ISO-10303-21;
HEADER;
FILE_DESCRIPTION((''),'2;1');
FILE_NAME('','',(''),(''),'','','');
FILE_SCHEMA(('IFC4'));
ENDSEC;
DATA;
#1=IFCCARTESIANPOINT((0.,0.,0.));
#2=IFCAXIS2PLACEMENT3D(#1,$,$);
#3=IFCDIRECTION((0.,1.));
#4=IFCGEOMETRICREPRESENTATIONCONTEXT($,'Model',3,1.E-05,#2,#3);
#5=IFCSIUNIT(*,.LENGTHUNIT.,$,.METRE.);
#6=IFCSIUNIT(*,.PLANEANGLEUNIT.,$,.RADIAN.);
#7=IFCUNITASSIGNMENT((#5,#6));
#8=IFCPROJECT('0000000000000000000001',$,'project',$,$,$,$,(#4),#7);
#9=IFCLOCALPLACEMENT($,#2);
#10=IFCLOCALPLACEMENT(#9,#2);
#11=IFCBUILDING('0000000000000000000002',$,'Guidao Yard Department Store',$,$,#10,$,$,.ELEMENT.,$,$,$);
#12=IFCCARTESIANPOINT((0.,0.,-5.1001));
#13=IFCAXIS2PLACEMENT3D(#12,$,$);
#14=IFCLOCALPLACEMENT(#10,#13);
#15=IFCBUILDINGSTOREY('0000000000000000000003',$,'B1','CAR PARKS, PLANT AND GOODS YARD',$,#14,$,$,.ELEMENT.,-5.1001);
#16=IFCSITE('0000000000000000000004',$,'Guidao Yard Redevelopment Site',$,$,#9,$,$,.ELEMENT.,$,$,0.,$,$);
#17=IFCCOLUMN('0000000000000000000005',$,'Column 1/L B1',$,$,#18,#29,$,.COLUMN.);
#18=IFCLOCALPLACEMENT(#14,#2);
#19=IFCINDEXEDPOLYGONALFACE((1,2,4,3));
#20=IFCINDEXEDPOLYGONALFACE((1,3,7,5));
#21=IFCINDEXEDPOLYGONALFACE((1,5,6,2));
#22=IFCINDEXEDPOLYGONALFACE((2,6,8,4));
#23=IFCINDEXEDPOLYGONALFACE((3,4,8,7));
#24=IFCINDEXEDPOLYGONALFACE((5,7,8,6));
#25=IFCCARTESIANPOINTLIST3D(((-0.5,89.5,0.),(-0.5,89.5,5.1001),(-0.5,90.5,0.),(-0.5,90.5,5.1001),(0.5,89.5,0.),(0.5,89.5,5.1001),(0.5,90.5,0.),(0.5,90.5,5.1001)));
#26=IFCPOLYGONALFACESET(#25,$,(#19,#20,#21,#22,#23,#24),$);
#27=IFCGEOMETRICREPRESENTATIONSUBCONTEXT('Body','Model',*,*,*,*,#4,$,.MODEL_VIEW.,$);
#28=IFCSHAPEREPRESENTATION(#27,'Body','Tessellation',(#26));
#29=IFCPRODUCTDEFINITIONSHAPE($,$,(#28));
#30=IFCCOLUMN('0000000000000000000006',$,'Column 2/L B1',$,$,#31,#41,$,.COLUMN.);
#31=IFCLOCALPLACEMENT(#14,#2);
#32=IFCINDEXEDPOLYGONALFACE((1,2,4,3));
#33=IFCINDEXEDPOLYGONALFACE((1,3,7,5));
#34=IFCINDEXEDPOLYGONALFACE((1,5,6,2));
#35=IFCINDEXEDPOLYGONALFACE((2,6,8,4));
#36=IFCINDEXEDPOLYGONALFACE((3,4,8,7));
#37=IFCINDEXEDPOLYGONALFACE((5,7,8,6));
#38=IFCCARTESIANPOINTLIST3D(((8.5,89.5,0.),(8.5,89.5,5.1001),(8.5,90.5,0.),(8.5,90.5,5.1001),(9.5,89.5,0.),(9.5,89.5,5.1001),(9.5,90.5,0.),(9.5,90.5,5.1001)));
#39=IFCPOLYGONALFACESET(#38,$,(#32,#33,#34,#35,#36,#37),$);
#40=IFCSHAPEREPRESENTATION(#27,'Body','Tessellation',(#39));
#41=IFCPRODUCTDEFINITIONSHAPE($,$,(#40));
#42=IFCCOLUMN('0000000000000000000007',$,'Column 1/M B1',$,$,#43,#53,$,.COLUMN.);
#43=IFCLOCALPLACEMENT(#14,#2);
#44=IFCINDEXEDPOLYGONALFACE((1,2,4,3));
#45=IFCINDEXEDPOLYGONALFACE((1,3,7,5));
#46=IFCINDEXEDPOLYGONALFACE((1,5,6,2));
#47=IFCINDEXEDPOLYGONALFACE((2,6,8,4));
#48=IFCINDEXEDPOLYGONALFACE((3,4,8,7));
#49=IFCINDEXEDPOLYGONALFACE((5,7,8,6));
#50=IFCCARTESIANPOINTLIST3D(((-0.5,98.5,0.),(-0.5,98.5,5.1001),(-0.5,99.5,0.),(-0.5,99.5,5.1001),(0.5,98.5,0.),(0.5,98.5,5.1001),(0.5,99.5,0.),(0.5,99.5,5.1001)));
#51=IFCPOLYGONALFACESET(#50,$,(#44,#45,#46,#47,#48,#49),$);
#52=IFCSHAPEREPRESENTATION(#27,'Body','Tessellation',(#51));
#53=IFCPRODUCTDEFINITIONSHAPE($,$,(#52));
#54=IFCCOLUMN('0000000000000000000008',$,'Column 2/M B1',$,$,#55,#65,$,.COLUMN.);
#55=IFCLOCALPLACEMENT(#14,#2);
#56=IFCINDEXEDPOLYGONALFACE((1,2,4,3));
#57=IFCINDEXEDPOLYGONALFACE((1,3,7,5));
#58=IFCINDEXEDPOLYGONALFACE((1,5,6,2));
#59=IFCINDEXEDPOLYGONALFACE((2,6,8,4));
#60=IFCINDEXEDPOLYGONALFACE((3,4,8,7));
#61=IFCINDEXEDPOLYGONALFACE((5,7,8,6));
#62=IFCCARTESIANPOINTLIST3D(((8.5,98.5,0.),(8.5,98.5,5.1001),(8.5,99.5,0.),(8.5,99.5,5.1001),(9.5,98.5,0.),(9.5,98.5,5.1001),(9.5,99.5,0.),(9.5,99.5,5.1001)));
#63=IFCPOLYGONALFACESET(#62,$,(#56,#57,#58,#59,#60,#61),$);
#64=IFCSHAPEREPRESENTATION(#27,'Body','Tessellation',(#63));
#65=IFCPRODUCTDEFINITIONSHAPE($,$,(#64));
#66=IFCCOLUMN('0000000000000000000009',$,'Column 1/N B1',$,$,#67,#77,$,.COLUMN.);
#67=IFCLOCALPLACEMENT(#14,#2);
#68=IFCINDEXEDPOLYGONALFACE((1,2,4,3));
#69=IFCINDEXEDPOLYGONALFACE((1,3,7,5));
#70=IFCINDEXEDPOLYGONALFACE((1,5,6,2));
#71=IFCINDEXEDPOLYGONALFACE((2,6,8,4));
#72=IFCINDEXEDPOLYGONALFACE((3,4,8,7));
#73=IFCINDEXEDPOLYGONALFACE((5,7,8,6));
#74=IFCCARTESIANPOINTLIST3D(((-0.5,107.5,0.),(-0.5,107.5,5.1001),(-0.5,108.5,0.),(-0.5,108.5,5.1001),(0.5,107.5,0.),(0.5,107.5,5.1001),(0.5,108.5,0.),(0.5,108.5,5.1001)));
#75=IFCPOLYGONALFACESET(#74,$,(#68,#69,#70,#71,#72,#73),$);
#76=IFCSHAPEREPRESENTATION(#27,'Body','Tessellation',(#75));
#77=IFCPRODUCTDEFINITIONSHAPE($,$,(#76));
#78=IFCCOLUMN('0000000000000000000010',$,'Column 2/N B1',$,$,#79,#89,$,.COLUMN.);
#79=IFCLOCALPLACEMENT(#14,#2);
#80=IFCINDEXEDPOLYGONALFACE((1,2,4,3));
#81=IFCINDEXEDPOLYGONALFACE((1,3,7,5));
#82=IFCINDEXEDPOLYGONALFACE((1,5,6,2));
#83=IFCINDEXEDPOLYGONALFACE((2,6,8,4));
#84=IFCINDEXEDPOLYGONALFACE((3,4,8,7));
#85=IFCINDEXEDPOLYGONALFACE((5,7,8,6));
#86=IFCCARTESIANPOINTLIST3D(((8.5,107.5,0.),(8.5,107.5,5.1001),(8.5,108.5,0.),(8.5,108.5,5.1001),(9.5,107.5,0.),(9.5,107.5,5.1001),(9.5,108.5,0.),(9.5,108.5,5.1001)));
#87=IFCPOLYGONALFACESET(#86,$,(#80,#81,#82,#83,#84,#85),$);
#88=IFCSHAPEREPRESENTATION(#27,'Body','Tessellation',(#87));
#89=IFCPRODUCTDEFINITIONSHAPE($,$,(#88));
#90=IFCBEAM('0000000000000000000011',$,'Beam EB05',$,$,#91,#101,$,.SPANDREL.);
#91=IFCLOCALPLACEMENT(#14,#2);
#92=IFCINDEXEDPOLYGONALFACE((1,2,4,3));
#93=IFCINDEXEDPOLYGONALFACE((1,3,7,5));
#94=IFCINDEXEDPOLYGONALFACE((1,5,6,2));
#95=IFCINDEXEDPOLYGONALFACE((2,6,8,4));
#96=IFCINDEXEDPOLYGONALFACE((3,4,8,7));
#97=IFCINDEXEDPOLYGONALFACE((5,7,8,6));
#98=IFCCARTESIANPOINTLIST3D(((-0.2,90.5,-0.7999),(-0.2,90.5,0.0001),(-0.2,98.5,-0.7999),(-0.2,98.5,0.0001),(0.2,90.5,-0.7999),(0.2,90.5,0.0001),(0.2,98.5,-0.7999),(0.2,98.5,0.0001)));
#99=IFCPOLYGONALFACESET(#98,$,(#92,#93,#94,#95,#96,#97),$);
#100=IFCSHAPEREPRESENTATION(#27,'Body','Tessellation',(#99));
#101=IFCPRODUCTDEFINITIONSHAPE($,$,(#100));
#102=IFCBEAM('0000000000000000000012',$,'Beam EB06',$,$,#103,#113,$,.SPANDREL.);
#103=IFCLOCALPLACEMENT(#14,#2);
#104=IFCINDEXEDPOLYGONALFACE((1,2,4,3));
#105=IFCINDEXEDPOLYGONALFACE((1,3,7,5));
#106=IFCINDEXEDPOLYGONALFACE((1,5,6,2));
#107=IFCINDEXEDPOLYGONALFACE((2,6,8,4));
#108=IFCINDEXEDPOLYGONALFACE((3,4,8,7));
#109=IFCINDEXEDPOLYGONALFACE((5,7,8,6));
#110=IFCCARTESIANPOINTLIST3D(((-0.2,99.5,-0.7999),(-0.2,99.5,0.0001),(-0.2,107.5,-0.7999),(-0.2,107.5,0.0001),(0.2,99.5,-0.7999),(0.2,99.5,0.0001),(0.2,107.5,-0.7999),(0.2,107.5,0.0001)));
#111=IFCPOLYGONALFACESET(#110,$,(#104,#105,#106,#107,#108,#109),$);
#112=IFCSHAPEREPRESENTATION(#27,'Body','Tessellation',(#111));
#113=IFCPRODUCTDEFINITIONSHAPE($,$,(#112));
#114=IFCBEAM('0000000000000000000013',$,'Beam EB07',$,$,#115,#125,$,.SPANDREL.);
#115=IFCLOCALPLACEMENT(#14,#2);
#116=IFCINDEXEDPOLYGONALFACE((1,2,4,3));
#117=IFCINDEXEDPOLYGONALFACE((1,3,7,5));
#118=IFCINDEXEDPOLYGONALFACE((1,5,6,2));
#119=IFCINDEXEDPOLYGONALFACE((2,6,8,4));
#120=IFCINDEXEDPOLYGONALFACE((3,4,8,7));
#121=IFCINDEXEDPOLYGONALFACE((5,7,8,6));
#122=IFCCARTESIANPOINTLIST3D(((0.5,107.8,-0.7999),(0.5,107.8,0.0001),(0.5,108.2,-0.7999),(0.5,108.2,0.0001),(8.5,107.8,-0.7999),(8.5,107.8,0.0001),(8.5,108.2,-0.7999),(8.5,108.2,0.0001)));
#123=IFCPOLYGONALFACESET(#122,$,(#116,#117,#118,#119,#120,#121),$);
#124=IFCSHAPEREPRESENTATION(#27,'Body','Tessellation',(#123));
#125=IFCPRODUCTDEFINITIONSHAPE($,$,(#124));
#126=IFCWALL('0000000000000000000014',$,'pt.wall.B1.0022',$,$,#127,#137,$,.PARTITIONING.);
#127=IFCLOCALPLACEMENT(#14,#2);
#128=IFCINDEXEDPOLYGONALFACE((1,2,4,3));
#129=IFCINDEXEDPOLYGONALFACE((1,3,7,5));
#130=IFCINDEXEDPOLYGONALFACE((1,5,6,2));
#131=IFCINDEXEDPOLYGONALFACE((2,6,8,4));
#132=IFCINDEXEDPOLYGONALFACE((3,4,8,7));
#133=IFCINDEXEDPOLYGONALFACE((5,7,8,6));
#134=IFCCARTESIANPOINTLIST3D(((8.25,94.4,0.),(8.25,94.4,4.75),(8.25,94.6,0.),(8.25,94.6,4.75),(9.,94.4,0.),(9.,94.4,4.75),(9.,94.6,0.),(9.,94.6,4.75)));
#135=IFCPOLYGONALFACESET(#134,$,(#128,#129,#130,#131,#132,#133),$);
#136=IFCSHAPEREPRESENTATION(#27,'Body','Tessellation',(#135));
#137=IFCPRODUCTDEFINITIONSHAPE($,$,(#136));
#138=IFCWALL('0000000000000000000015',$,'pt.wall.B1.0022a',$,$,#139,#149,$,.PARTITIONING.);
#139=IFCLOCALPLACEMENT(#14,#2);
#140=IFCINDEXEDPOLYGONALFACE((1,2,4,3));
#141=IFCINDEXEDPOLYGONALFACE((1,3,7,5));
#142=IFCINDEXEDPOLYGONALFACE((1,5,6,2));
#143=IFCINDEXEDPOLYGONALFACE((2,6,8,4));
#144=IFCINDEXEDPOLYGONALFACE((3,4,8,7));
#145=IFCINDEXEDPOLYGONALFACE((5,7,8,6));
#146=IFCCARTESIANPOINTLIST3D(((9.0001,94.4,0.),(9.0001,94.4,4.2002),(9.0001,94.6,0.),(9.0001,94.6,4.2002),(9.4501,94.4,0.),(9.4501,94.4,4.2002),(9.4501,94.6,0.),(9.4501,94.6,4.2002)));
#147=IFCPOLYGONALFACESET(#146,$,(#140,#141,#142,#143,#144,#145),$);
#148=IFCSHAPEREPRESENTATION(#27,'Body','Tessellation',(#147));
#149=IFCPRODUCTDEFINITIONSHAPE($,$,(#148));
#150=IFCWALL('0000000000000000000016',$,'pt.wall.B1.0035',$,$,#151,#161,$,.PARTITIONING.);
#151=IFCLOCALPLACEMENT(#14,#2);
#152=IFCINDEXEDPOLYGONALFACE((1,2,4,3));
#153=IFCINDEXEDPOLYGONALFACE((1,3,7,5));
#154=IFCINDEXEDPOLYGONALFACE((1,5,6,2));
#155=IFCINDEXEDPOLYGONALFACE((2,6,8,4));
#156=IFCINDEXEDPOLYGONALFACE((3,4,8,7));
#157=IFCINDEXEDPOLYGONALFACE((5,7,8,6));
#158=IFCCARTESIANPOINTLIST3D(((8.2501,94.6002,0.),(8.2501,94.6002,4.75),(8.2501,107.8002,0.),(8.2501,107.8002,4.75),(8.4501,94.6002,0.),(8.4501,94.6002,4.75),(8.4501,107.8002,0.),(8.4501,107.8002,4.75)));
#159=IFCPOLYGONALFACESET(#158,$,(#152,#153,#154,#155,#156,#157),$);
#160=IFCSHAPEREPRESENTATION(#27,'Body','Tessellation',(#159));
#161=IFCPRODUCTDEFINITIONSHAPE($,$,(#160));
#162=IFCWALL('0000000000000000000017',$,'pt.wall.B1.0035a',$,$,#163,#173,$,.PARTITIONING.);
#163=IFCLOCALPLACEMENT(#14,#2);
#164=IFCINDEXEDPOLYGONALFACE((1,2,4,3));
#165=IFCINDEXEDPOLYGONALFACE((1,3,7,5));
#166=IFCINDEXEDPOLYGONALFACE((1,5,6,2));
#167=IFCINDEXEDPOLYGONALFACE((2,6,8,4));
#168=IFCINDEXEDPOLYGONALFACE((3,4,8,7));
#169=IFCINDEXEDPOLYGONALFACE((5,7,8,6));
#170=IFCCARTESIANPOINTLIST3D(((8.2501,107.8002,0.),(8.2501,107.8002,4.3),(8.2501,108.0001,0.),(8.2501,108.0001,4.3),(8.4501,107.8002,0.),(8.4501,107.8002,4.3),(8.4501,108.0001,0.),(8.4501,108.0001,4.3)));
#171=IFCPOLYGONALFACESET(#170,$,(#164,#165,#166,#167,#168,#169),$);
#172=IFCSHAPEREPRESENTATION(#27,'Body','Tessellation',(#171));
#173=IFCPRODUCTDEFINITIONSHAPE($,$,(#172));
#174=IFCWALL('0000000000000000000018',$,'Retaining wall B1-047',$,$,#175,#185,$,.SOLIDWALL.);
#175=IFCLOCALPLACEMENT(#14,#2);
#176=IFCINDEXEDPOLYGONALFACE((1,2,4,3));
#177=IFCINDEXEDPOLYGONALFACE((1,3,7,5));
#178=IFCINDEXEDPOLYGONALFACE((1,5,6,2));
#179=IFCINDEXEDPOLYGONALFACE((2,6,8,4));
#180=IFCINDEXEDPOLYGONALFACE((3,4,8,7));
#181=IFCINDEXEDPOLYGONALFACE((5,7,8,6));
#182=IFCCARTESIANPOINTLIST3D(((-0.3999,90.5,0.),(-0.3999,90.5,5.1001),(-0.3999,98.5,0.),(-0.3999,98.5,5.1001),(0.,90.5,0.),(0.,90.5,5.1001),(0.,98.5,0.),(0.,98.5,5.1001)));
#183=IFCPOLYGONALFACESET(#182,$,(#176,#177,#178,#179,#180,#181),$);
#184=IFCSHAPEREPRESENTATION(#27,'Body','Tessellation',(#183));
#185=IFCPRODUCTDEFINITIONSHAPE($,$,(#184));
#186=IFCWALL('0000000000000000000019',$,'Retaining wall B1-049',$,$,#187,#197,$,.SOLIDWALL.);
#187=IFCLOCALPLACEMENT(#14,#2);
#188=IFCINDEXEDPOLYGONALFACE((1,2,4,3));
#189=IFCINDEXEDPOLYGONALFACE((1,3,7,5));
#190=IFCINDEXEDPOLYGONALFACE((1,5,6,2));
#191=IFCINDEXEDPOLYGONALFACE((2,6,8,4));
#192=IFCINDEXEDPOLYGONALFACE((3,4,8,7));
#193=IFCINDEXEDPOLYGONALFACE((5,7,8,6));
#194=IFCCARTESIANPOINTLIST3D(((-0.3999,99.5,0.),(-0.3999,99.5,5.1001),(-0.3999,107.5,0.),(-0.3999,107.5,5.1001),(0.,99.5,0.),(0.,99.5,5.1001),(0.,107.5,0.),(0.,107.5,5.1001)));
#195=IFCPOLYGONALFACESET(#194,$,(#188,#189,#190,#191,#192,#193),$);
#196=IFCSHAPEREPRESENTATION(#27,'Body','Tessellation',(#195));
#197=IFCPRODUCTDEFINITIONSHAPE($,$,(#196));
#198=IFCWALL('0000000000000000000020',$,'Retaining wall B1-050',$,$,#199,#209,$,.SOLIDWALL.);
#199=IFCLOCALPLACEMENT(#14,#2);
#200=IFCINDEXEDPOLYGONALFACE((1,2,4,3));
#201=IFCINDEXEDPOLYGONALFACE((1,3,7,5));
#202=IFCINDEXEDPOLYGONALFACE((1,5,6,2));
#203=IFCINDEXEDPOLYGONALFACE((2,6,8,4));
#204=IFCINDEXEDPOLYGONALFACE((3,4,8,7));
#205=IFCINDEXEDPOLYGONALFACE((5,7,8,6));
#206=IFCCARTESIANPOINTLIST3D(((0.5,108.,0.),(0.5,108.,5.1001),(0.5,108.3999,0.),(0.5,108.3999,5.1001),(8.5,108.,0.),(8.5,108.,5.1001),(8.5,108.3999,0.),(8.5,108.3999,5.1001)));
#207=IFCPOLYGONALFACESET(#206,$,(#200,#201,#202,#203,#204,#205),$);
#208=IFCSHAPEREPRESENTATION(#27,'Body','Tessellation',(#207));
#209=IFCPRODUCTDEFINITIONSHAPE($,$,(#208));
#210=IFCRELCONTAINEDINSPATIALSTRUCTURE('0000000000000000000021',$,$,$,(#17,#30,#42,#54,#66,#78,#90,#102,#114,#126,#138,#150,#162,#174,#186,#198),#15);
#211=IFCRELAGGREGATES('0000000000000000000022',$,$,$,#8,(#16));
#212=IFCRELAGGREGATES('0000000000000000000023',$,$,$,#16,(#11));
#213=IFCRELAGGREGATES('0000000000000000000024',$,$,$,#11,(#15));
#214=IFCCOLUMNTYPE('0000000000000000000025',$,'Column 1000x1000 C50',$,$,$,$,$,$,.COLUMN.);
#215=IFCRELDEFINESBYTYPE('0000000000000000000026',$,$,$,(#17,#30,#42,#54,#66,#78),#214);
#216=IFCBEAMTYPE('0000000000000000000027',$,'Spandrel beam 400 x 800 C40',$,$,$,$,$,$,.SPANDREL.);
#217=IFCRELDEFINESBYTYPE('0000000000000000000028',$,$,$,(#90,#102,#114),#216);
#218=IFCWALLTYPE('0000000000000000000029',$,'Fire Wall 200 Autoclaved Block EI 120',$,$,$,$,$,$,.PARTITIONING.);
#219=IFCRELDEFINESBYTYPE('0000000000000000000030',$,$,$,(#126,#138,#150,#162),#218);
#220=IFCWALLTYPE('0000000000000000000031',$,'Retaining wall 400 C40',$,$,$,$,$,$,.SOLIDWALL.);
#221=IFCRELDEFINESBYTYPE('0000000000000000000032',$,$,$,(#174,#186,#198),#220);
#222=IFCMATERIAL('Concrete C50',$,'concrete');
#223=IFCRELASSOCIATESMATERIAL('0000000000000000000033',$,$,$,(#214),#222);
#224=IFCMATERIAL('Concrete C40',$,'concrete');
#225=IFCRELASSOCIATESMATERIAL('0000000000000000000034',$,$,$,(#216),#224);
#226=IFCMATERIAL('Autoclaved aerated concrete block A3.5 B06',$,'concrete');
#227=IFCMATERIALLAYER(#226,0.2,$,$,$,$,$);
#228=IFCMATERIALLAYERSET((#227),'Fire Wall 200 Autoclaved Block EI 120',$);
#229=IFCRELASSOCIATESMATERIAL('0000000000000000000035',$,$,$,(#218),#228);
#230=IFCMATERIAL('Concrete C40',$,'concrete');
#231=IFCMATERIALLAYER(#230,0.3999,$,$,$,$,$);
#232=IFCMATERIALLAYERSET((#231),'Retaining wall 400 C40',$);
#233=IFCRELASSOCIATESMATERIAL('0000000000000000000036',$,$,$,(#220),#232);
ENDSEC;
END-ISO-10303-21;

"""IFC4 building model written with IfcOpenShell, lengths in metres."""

from ifc_helpers import new_model, si_unit, direction, frame, frame_2d, origin, origin_2d, place, context, subcontext, project, spatial, rectangle, extrude, material, layer, layer_set, material_profile, profile_set, type_object, element, save


model = new_model("IFC4")

# Units and contexts
model_context = context("Model", 3, precision=1e-05, world=origin(), true_north=direction((0.0, 1.0)))
body_context = subcontext(model_context, "Body", "Model", "MODEL_VIEW")
ifc_project = project(units=[si_unit("LENGTHUNIT", "METRE"), si_unit("PLANEANGLEUNIT", "RADIAN")], contexts=[model_context])

# Site, building, storey
site_placement = place(None, origin())
site = spatial("IfcSite", under=ifc_project, at=site_placement, Name="Guidao Yard Redevelopment Site", CompositionType="ELEMENT", RefElevation=0.0)
building_placement = place(site_placement, origin())
building = spatial("IfcBuilding", under=site, at=building_placement, Name="Guidao Yard Department Store", CompositionType="ELEMENT")
storey_placement = place(building_placement, frame((0.0, 0.0, -5.1001)))
storey = spatial("IfcBuildingStorey", under=building, at=storey_placement, Name="B1", Description="CAR PARKS, PLANT AND GOODS YARD", CompositionType="ELEMENT", Elevation=-5.1001)

# Columns
ifc_material_1 = material(Name="Concrete C50", Category="concrete")
ifc_material_profile_1 = material_profile(ifc_material_1, rectangle(XDim=1.0, YDim=1.0, at=origin_2d()), Name="COL 1000x1000")
ifc_profile_set_1 = profile_set([ifc_material_profile_1], Name="Concrete C50")
column_type = type_object("IfcColumnType", Name="Column 1000x1000 C50", PredefinedType="COLUMN", material=ifc_profile_set_1)
for number, where, z_axis, x_axis, name in (
    (1, (0.0, 90.0, 0.0), (0.0, 0.0, 1.0), (1.0, 0.0, 0.0), "Column 1/L B1"),
    (2, (9.0, 90.0, 0.0), (0.0, 0.0, 1.0), (1.0, 0.0, 0.0), "Column 2/L B1"),
    (3, (0.0, 99.0, 0.0), (0.0, 0.0, 1.0), (1.0, 0.0, 0.0), "Column 1/M B1"),
    (4, (9.0, 99.0, 0.0), (0.0, 0.0, 1.0), (1.0, 0.0, 0.0), "Column 2/M B1"),
    (5, (0.0, 108.0, 0.0), (0.0, 0.0, 1.0), (1.0, 0.0, 0.0), "Column 1/N B1"),
    (6, (9.0, 108.0, 0.0), (0.0, 0.0, 1.0), (1.0, 0.0, 0.0), "Column 2/N B1"),
):
    element("IfcColumn", number, at=place(storey_placement, frame(where, z_axis=z_axis, x_axis=x_axis)), inside=storey, type_object=column_type, Name=name, PredefinedType="COLUMN", context=body_context, shape_type="SweptSolid", body=[
        extrude(rectangle(XDim=1.0, YDim=1.0, at=origin_2d()), origin(), (0.0, 0.0, 1.0), 5.1001),
    ])

# Beams
ifc_material_2 = material(Name="Concrete C40", Category="concrete")
ifc_material_profile_2 = material_profile(ifc_material_2, rectangle(XDim=0.3999, YDim=0.8, at=origin_2d()), Name="Spandrel beam 400 x 800 C40")
ifc_profile_set_2 = profile_set([ifc_material_profile_2], Name="Concrete C40")
beam_type = type_object("IfcBeamType", Name="Spandrel beam 400 x 800 C40", PredefinedType="SPANDREL", material=ifc_profile_set_2)
for number, where, z_axis, x_axis, name in (
    (7, (0.0, 90.5, -0.3999), (0.0, 1.0, 0.0), (-1.0, 0.0, 0.0), "Beam EB05"),
    (8, (0.0, 99.5, -0.3999), (0.0, 1.0, 0.0), (-1.0, 0.0, 0.0), "Beam EB06"),
    (9, (0.5, 108.0, -0.3999), (1.0, 0.0, 0.0), (0.0, 1.0, 0.0), "Beam EB07"),
):
    element("IfcBeam", number, at=place(storey_placement, frame(where, z_axis=z_axis, x_axis=x_axis)), inside=storey, type_object=beam_type, Name=name, PredefinedType="SPANDREL", context=body_context, shape_type="SweptSolid", body=[
        extrude(rectangle(XDim=0.3999, YDim=0.8, at=origin_2d()), origin(), (0.0, 0.0, 1.0), 8.0),
    ])

# Walls
ifc_material_3 = material(Name="Autoclaved aerated concrete block A3.5 B06", Category="concrete")
ifc_layer_1 = layer(ifc_material_3, 0.2)
ifc_layer_set_1 = layer_set([ifc_layer_1], Name="Fire Wall 200 Autoclaved Block EI 120")
wall_type_1 = type_object("IfcWallType", Name="Fire Wall 200 Autoclaved Block EI 120", PredefinedType="PARTITIONING", material=ifc_layer_set_1)
wall_1_placement = place(storey_placement, frame((8.25, 94.5, 0.0), z_axis=(0.0, 0.0, 1.0), x_axis=(1.0, 0.0, 0.0)))
element("IfcWall", 10, at=wall_1_placement, inside=storey, type_object=wall_type_1, Name="pt.wall.B1.0022", PredefinedType="PARTITIONING", context=body_context, shape_type="SweptSolid", body=[
    extrude(rectangle(XDim=0.75, YDim=0.2, at=frame_2d((0.375, 0.0))), origin(), (0.0, 0.0, 1.0), 4.75),
])
wall_2_placement = place(storey_placement, frame((9.0, 94.5, 0.0), z_axis=(0.0, 0.0, 1.0), x_axis=(1.0, 0.0, 0.0)))
element("IfcWall", 11, at=wall_2_placement, inside=storey, type_object=wall_type_1, Name="pt.wall.B1.0022a", PredefinedType="PARTITIONING", context=body_context, shape_type="SweptSolid", body=[
    extrude(rectangle(XDim=0.45, YDim=0.2, at=frame_2d((0.2251, 0.0))), origin(), (0.0, 0.0, 1.0), 4.2002),
])
wall_3_placement = place(storey_placement, frame((8.3501, 94.6001, 0.0), z_axis=(0.0, 0.0, 1.0), x_axis=(0.0, 1.0, 0.0)))
element("IfcWall", 12, at=wall_3_placement, inside=storey, type_object=wall_type_1, Name="pt.wall.B1.0035", PredefinedType="PARTITIONING", context=body_context, shape_type="SweptSolid", body=[
    extrude(rectangle(XDim=13.2, YDim=0.2, at=frame_2d((6.6001, 0.0))), origin(), (0.0, 0.0, 1.0), 4.75),
])
wall_4_placement = place(storey_placement, frame((8.3501, 107.8, 0.0), z_axis=(0.0, 0.0, 1.0), x_axis=(0.0, 1.0, 0.0)))
element("IfcWall", 13, at=wall_4_placement, inside=storey, type_object=wall_type_1, Name="pt.wall.B1.0035a", PredefinedType="PARTITIONING", context=body_context, shape_type="SweptSolid", body=[
    extrude(rectangle(XDim=0.2, YDim=0.2, at=frame_2d((0.1001, 0.0))), origin(), (0.0, 0.0, 1.0), 4.3),
])
ifc_material_4 = material(Name="Concrete C40", Category="concrete")
ifc_layer_2 = layer(ifc_material_4, 0.3999)
ifc_layer_set_2 = layer_set([ifc_layer_2], Name="Retaining wall 400 C40")
wall_type_2 = type_object("IfcWallType", Name="Retaining wall 400 C40", PredefinedType="SOLIDWALL", material=ifc_layer_set_2)
for number, where, z_axis, x_axis, name in (
    (14, (-0.2, 90.5, 0.0), (0.0, 0.0, 1.0), (0.0, 1.0, 0.0), "Retaining wall B1-047"),
    (15, (-0.2, 99.5, 0.0), (0.0, 0.0, 1.0), (0.0, 1.0, 0.0), "Retaining wall B1-049"),
    (16, (0.5, 108.2, 0.0), (0.0, 0.0, 1.0), (1.0, 0.0, 0.0), "Retaining wall B1-050"),
):
    element("IfcWall", number, at=place(storey_placement, frame(where, z_axis=z_axis, x_axis=x_axis)), inside=storey, type_object=wall_type_2, Name=name, PredefinedType="SOLIDWALL", context=body_context, shape_type="SweptSolid", body=[
        extrude(rectangle(XDim=8.0, YDim=0.3999, at=frame_2d((4.0, 0.0))), origin(), (0.0, 0.0, 1.0), 5.1001),
    ])

save(model, "model.ifc")
